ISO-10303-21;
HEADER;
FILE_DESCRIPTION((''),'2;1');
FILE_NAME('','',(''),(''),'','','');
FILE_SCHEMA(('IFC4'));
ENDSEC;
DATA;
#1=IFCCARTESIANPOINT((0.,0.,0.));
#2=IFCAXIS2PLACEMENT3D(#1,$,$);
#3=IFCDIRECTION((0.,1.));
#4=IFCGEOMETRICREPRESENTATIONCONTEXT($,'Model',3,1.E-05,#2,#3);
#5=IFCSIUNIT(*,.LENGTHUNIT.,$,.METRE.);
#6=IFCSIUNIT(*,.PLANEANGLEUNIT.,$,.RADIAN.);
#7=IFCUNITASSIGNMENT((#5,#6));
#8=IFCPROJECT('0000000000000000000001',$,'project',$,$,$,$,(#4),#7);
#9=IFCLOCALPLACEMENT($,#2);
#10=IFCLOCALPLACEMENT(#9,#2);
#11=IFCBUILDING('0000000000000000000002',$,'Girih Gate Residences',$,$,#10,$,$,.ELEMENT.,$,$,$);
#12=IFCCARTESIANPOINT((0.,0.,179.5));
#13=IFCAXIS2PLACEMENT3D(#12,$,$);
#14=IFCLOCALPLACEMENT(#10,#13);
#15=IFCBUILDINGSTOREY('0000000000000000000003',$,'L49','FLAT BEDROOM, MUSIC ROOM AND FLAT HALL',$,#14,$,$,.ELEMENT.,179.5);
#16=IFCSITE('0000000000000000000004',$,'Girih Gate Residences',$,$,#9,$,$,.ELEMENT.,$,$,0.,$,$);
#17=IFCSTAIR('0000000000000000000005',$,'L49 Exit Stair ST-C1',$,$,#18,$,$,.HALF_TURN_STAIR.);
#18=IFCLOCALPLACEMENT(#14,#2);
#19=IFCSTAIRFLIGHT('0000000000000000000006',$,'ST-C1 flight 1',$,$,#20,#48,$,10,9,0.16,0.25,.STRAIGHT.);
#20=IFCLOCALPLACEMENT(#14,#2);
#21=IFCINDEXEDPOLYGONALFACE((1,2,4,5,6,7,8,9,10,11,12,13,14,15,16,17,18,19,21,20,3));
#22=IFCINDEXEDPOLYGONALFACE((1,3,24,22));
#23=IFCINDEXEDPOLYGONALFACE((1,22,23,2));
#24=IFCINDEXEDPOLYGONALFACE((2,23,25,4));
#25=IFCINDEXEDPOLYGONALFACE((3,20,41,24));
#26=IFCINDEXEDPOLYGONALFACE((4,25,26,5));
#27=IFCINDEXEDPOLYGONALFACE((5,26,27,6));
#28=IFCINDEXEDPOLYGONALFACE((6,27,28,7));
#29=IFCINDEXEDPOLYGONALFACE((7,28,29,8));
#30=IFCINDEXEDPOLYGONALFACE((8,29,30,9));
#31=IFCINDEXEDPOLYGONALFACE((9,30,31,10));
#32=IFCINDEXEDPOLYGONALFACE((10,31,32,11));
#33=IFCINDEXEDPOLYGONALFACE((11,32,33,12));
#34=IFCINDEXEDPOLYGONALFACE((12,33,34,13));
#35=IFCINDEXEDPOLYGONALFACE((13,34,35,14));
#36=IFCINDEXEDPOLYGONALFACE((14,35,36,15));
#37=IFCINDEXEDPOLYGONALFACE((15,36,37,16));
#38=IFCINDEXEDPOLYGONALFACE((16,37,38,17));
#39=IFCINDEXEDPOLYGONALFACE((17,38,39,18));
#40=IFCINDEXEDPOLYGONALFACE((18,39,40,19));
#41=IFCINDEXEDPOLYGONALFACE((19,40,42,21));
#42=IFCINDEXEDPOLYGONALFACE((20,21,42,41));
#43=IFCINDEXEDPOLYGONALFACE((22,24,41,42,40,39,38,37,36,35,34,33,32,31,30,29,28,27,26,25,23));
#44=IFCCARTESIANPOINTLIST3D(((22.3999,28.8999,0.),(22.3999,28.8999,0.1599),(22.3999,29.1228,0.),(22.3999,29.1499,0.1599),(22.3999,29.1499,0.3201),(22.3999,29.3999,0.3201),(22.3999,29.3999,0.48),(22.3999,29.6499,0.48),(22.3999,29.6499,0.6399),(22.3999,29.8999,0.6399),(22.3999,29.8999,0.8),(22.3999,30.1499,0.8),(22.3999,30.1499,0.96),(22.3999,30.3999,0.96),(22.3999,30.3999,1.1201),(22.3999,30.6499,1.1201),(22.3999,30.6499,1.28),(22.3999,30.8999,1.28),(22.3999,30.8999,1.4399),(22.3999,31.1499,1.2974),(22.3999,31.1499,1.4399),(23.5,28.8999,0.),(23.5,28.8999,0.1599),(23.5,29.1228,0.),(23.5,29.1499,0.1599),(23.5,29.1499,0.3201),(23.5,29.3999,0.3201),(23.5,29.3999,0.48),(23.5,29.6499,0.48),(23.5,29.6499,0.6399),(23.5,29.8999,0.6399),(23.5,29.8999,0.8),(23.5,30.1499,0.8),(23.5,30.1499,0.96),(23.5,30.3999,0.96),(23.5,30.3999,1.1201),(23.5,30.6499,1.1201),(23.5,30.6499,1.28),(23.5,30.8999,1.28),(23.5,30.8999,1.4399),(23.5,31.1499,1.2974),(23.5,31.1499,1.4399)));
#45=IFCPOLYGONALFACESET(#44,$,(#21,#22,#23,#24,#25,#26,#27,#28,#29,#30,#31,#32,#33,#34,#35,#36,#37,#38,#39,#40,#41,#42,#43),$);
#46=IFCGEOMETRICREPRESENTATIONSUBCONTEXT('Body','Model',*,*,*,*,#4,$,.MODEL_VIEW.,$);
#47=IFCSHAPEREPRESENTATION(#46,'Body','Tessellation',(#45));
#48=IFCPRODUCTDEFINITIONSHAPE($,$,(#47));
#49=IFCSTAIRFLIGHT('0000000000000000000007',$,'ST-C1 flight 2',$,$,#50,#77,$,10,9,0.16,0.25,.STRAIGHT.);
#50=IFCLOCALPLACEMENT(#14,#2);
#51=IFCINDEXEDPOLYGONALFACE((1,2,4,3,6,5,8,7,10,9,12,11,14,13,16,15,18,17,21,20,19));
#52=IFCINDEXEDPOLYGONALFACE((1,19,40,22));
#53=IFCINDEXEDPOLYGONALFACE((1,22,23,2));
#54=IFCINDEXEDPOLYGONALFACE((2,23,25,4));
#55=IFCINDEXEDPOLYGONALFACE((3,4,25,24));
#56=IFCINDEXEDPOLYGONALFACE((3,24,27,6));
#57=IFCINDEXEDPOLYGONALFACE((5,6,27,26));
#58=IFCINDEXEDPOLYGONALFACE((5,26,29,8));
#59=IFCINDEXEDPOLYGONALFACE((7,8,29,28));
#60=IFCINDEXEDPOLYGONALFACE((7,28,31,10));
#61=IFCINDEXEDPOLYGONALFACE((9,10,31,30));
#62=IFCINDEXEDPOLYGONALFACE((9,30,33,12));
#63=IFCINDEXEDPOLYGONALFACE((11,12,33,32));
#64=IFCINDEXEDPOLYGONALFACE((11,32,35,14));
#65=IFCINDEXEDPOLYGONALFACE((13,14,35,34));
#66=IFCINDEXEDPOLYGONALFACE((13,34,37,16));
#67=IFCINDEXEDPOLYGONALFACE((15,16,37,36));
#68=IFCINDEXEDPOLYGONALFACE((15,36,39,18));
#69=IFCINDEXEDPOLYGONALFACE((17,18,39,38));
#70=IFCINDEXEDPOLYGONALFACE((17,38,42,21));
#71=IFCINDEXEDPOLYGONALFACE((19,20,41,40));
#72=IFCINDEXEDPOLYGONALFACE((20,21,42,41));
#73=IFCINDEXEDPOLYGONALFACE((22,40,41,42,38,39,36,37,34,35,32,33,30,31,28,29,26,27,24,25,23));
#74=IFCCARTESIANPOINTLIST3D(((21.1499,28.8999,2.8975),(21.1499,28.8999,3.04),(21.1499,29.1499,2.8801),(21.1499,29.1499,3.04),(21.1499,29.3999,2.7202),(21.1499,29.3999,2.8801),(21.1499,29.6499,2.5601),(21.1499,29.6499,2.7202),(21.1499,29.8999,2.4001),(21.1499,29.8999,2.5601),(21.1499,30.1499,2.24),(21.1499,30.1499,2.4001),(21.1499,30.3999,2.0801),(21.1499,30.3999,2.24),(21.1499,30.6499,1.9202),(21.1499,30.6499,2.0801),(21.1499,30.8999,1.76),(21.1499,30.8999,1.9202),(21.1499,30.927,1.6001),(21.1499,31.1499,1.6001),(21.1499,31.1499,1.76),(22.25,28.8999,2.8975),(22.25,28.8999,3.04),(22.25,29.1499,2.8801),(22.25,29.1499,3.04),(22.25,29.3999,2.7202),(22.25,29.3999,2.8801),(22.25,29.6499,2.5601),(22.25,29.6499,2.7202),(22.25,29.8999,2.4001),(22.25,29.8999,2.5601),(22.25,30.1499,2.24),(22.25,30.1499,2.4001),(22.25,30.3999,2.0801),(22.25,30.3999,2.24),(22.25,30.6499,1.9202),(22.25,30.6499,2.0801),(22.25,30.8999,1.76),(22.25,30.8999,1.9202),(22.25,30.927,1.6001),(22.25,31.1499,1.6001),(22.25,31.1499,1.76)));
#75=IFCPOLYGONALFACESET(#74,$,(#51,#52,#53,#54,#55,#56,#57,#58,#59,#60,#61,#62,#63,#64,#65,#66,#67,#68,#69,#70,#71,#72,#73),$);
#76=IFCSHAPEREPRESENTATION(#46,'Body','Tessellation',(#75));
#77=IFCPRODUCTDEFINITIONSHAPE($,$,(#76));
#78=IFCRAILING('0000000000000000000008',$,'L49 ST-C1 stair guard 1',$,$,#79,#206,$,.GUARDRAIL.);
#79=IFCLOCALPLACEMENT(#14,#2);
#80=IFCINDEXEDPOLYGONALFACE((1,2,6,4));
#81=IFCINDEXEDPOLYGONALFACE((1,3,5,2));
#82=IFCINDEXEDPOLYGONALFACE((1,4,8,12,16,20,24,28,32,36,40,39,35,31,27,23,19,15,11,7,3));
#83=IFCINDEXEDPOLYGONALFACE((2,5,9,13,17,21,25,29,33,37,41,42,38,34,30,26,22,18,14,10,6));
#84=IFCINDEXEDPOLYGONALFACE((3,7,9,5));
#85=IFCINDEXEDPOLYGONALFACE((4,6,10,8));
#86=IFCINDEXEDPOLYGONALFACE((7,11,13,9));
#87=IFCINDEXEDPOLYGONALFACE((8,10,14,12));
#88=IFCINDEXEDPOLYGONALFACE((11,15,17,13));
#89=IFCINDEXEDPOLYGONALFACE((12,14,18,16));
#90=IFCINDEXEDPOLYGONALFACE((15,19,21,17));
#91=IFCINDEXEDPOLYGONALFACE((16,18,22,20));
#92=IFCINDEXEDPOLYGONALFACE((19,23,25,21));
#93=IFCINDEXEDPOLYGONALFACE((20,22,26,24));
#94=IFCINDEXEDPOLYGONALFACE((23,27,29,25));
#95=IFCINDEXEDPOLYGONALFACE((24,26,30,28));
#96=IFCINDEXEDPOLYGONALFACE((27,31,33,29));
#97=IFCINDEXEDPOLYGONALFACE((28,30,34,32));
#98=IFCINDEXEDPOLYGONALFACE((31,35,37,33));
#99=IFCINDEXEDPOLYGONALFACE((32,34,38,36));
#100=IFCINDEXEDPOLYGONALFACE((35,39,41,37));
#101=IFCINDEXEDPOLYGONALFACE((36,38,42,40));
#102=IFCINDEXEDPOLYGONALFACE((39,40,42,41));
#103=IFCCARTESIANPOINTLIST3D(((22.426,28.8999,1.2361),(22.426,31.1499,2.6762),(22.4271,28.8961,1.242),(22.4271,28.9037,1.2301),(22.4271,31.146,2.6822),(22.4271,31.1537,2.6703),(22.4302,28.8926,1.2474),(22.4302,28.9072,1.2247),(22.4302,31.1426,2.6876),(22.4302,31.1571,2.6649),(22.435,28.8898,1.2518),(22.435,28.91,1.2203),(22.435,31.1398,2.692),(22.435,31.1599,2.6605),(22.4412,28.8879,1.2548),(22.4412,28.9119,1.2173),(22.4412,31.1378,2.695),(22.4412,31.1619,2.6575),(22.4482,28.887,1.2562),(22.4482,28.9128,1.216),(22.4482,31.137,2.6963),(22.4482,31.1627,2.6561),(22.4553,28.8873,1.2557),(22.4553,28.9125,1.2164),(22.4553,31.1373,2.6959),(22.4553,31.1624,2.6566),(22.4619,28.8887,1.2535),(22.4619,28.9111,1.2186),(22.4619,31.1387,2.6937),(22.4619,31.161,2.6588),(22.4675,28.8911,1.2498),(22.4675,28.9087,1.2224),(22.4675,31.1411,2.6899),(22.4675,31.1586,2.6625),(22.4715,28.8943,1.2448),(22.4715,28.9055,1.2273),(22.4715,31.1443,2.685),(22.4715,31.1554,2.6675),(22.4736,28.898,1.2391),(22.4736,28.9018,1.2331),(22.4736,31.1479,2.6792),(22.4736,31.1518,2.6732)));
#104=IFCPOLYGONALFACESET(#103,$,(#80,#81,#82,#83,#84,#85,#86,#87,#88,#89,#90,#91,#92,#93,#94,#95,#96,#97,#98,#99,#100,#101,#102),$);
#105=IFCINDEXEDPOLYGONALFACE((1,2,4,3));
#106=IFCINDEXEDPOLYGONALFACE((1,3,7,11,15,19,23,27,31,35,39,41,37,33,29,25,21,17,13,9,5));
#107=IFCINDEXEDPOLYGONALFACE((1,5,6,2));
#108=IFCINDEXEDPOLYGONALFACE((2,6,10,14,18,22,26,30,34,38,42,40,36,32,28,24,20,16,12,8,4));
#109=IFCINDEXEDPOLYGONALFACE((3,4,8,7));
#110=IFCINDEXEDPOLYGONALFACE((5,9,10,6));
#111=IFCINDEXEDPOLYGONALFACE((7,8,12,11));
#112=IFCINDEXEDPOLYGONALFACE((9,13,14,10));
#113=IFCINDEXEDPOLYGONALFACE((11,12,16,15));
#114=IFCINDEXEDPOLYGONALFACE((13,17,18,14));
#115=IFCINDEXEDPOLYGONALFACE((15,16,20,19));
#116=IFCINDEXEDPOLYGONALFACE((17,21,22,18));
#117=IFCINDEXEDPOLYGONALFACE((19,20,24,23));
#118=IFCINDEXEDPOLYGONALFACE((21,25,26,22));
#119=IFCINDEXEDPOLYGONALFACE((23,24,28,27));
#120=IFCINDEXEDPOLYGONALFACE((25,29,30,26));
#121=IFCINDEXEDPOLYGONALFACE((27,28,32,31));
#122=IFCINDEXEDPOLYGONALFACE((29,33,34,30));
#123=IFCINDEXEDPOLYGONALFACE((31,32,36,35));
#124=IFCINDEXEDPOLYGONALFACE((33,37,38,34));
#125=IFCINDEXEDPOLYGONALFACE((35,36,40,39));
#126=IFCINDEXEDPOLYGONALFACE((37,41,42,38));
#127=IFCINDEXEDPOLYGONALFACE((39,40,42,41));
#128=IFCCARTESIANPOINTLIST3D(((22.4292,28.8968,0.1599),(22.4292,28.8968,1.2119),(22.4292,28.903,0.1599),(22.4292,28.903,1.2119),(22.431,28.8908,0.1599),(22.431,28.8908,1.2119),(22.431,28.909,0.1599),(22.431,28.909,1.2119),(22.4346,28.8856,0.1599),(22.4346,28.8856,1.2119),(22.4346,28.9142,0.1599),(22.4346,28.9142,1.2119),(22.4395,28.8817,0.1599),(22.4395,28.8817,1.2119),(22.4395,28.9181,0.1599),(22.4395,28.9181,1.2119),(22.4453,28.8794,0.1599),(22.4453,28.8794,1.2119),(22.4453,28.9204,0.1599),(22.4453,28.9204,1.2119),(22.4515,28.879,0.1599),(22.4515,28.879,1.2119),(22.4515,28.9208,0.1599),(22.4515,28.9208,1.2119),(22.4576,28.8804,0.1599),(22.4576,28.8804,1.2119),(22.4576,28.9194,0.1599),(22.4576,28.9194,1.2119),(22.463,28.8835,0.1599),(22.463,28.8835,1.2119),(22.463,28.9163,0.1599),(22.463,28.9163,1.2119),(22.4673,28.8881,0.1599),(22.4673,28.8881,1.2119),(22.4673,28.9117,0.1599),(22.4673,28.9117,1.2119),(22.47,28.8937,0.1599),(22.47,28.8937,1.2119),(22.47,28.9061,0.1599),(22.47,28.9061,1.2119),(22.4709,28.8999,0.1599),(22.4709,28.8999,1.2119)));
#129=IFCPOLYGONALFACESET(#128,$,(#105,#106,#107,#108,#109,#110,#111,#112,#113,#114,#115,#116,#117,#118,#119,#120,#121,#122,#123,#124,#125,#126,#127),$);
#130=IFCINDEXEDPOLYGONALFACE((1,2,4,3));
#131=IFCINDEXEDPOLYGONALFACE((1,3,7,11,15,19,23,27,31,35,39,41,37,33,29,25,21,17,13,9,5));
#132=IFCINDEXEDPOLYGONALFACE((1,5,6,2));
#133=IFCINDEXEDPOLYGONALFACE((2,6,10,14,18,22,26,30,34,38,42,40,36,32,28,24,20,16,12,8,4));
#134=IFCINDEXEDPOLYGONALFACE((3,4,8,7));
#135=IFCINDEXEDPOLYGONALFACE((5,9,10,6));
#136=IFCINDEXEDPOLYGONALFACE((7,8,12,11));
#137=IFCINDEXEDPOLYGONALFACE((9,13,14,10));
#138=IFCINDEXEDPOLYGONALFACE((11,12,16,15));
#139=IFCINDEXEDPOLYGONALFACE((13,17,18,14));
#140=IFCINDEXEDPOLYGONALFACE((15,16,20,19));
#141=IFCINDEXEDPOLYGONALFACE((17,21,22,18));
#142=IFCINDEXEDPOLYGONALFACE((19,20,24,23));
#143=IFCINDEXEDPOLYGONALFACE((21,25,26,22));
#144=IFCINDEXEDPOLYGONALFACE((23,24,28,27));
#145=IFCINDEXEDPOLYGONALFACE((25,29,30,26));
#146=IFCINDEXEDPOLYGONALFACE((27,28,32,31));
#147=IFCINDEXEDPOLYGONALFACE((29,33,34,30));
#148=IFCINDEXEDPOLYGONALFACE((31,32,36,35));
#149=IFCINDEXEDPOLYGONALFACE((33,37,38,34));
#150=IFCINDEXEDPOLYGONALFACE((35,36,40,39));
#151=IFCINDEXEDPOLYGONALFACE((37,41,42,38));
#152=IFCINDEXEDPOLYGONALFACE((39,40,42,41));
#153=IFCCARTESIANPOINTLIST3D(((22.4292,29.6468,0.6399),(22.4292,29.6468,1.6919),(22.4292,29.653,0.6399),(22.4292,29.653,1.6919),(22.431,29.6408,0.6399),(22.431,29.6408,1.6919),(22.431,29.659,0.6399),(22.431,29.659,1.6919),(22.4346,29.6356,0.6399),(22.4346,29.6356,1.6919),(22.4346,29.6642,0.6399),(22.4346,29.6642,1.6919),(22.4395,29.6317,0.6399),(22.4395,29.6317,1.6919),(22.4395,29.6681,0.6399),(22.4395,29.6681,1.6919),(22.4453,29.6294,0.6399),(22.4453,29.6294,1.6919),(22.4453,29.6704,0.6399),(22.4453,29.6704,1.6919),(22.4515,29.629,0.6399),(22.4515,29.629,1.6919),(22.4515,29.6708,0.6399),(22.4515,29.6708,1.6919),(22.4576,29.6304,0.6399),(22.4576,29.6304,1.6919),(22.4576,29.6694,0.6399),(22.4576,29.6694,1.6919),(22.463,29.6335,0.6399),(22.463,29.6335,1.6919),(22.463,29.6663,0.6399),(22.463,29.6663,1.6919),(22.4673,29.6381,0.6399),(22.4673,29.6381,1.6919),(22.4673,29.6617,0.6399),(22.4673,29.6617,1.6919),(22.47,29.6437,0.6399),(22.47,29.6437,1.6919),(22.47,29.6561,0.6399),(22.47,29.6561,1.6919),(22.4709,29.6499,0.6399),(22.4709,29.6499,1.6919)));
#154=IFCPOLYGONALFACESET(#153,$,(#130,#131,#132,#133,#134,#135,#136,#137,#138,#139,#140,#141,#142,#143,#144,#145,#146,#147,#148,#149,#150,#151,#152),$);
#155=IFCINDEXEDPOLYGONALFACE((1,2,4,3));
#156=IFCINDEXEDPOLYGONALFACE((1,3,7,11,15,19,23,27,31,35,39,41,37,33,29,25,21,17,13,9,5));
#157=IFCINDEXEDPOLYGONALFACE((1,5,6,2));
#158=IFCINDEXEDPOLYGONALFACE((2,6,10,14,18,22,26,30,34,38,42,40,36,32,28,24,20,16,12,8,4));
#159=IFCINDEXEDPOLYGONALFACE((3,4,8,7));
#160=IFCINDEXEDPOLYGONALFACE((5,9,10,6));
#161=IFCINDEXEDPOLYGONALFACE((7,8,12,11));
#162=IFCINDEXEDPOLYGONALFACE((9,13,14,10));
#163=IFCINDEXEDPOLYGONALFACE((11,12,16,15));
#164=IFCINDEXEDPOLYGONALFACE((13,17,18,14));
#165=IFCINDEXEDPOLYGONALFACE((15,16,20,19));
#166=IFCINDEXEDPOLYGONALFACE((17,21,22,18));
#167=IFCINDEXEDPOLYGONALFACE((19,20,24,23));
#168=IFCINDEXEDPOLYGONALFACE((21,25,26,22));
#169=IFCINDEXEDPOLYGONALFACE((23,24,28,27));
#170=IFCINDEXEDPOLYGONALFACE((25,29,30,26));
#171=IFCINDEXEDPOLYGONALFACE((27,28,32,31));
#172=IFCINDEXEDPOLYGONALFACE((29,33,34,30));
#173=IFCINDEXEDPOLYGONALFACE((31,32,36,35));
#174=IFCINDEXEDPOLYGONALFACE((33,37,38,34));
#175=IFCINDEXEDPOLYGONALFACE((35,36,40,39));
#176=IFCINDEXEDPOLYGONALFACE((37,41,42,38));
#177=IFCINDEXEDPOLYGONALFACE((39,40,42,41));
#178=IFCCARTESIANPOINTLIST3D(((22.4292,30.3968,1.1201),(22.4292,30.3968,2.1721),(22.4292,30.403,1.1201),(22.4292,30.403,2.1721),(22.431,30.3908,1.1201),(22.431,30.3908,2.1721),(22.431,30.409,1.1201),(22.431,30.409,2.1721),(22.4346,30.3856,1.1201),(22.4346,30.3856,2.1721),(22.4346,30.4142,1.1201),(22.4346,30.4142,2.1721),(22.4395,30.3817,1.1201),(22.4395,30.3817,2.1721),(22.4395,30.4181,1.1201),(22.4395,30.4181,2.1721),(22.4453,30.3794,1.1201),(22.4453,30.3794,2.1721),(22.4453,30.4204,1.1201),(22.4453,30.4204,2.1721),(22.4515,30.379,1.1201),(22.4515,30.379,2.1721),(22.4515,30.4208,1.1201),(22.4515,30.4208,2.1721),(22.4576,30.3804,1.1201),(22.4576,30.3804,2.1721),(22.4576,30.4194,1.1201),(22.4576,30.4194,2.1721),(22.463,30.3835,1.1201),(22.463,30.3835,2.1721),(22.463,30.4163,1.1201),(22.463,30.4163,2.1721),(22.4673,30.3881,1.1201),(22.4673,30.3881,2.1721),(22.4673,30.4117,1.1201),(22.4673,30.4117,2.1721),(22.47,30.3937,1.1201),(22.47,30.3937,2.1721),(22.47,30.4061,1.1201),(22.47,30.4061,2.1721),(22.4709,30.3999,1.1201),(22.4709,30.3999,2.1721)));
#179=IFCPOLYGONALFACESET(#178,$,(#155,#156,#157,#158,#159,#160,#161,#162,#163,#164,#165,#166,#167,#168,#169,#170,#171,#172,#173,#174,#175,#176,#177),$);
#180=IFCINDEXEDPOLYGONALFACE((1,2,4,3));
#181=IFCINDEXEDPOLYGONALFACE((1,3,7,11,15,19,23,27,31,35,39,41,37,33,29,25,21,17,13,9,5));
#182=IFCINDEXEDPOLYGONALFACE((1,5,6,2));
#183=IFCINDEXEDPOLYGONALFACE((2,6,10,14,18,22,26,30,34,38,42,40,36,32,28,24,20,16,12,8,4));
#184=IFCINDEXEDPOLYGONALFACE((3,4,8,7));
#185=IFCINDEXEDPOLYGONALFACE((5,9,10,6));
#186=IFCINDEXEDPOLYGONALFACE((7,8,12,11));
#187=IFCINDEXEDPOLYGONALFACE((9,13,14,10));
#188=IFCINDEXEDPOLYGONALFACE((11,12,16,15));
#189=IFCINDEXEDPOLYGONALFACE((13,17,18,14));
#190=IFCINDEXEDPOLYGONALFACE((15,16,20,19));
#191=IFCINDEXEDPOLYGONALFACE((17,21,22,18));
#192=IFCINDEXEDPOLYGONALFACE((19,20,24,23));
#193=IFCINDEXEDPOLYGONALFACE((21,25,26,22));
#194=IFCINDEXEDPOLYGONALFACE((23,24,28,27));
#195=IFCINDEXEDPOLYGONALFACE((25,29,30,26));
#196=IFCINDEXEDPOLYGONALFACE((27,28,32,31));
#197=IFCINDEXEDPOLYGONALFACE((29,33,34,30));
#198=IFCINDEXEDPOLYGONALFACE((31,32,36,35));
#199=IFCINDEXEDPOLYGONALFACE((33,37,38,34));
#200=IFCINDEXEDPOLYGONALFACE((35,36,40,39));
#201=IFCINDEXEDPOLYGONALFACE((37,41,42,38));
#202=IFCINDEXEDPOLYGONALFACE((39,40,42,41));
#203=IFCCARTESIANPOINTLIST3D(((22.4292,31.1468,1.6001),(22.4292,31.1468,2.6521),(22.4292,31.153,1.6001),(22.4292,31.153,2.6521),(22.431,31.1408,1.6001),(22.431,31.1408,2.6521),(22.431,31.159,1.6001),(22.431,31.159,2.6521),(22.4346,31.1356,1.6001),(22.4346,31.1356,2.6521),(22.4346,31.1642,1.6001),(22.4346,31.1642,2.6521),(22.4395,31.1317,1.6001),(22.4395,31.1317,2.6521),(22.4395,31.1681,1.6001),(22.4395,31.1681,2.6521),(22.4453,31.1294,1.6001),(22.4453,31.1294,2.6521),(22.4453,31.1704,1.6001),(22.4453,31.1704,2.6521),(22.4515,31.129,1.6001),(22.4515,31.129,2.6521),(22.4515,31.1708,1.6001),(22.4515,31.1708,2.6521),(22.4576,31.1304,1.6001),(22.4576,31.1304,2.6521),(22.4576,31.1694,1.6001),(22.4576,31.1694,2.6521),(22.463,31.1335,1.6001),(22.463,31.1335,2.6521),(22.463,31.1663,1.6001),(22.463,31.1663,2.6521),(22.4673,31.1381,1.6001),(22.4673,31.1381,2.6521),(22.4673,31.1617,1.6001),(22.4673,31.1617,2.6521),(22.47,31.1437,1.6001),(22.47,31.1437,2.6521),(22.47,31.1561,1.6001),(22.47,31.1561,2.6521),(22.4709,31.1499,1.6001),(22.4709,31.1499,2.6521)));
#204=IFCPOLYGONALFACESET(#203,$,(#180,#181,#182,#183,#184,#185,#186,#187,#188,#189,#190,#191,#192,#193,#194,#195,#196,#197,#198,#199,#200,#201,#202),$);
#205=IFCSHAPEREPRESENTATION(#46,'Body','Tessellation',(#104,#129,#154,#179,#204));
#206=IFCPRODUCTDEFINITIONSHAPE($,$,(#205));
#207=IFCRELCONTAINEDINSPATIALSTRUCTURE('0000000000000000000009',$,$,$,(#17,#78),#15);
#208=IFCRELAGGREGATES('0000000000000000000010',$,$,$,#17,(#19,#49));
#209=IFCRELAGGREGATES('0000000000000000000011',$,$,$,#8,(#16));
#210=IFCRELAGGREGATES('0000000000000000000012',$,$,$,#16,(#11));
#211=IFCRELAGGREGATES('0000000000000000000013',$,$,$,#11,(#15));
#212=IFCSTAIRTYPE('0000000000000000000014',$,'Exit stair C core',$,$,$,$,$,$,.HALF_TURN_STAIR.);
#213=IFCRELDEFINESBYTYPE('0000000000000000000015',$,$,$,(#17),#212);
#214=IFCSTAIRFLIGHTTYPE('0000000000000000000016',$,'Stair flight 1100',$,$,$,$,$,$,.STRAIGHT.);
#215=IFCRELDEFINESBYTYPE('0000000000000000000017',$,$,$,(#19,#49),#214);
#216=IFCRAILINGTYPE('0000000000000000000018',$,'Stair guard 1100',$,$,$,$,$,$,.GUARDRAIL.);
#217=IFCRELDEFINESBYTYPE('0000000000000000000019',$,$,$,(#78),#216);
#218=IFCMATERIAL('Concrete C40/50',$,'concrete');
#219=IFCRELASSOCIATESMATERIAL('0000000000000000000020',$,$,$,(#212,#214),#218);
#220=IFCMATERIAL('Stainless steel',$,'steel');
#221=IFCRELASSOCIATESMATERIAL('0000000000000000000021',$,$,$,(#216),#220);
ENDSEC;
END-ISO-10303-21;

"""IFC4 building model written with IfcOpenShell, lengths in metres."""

from ifc_helpers import new_model, si_unit, direction, frame, origin, origin_2d, place, context, subcontext, project, spatial, polyline, circle, outline, extrude, material, type_object, element, aggregate, save


model = new_model("IFC4")

# Units and contexts
model_context = context("Model", 3, precision=1e-05, world=origin(), true_north=direction((0.0, 1.0)))
body_context = subcontext(model_context, "Body", "Model", "MODEL_VIEW")
ifc_project = project(units=[si_unit("LENGTHUNIT", "METRE"), si_unit("PLANEANGLEUNIT", "RADIAN")], contexts=[model_context])

# Site, building, storey
site_placement = place(None, origin())
site = spatial("IfcSite", under=ifc_project, at=site_placement, Name="Girih Gate Residences", CompositionType="ELEMENT", RefElevation=0.0)
building_placement = place(site_placement, origin())
building = spatial("IfcBuilding", under=site, at=building_placement, Name="Girih Gate Residences", CompositionType="ELEMENT")
storey_placement = place(building_placement, frame((0.0, 0.0, 179.5)))
storey = spatial("IfcBuildingStorey", under=building, at=storey_placement, Name="L49", Description="FLAT BEDROOM, MUSIC ROOM AND FLAT HALL", CompositionType="ELEMENT", Elevation=179.5)

# Shared definitions
ifc_material_1 = material(Name="Concrete C40/50", Category="concrete")

# Stair, stair flights
stair_type = type_object("IfcStairType", Name="Exit stair C core", PredefinedType="HALF_TURN_STAIR", material=ifc_material_1)
stair_placement = place(storey_placement, origin())
stair = element("IfcStair", 1, at=stair_placement, inside=storey, type_object=stair_type, Name="L49 Exit Stair ST-C1", PredefinedType="HALF_TURN_STAIR")
stair_flight_type = type_object("IfcStairFlightType", Name="Stair flight 1100", PredefinedType="STRAIGHT", material=ifc_material_1)
stair_flight_1_placement = place(storey_placement, frame((22.95, 28.8999, 0.0), z_axis=(0.0, 0.0, 1.0), x_axis=(0.0, 1.0, 0.0)))
stair_flight_1 = element("IfcStairFlight", 2, at=stair_flight_1_placement, type_object=stair_flight_type, Name="ST-C1 flight 1", NumberOfRisers=10, NumberOfTreads=9, PredefinedType="STRAIGHT", RiserHeight=0.16, TreadLength=0.25, context=body_context, shape_type="SweptSolid", body=[
    extrude(outline(polyline([(0.0, 0.0), (0.0, 0.1599), (0.25, 0.1599), (0.25, 0.3201), (0.5, 0.3201), (0.5, 0.48), (0.75, 0.48), (0.75, 0.6399), (1.0, 0.6399), (1.0, 0.8), (1.25, 0.8), (1.25, 0.96), (1.5, 0.96), (1.5, 1.1201), (1.75, 1.1201), (1.75, 1.28), (2.0, 1.28), (2.0, 1.4399), (2.25, 1.4399), (2.25, 1.6001), (2.25, 1.2974), (0.2229, 0.0), (0.0, 0.0)])), frame((0.0, 0.55, 0.0), z_axis=(0.0, -1.0, 0.0), x_axis=(1.0, 0.0, 0.0)), (0.0, 0.0, 1.0), 1.1001),
])
stair_flight_2_placement = place(storey_placement, frame((21.7, 31.1499, 1.6001), z_axis=(0.0, 0.0, 1.0), x_axis=(0.0, -1.0, 0.0)))
stair_flight_2 = element("IfcStairFlight", 3, at=stair_flight_2_placement, type_object=stair_flight_type, Name="ST-C1 flight 2", NumberOfRisers=10, NumberOfTreads=9, PredefinedType="STRAIGHT", RiserHeight=0.16, TreadLength=0.25, context=body_context, shape_type="SweptSolid", body=[
    extrude(outline(polyline([(0.0, 0.0), (0.0, 0.1599), (0.25, 0.1599), (0.25, 0.3201), (0.5, 0.3201), (0.5, 0.48), (0.75, 0.48), (0.75, 0.6399), (1.0, 0.6399), (1.0, 0.8), (1.25, 0.8), (1.25, 0.96), (1.5, 0.96), (1.5, 1.1201), (1.75, 1.1201), (1.75, 1.28), (2.0, 1.28), (2.0, 1.4399), (2.25, 1.4399), (2.25, 1.6001), (2.25, 1.2974), (0.2229, 0.0), (0.0, 0.0)])), frame((0.0, 0.55, 0.0), z_axis=(0.0, -1.0, 0.0), x_axis=(1.0, 0.0, 0.0)), (0.0, 0.0, 1.0), 1.1001),
])
aggregate(stair, [stair_flight_1, stair_flight_2])

# Railing
ifc_material_2 = material(Name="Stainless steel", Category="steel")
railing_type_1 = type_object("IfcRailingType", Name="Stair guard 1100", PredefinedType="GUARDRAIL", material=ifc_material_2)
railing_1_placement = place(storey_placement, frame((22.45, 28.8999, 0.1599)))
element("IfcRailing", 4, at=railing_1_placement, inside=storey, type_object=railing_type_1, Name="L49 ST-C1 stair guard 1", PredefinedType="GUARDRAIL", context=body_context, shape_type="SweptSolid", body=[
    extrude(circle(Radius=0.0239, at=origin_2d()), frame((0.0, 0.0, 1.0762), z_axis=(0.0, 0.84224, 0.539103), x_axis=(-1.0, 0.0, 0.0)), (0.0, 0.0, 1.0), 2.6714),
    extrude(circle(Radius=0.021, at=origin_2d()), origin(), (0.0, 0.0, 1.0), 1.052),
    extrude(circle(Radius=0.021, at=origin_2d()), frame((0.0, 0.75, 0.48)), (0.0, 0.0, 1.0), 1.052),
    extrude(circle(Radius=0.021, at=origin_2d()), frame((0.0, 1.5, 0.9602)), (0.0, 0.0, 1.0), 1.052),
    extrude(circle(Radius=0.021, at=origin_2d()), frame((0.0, 2.25, 1.4402)), (0.0, 0.0, 1.0), 1.052),
])

save(model, "model.ifc")
